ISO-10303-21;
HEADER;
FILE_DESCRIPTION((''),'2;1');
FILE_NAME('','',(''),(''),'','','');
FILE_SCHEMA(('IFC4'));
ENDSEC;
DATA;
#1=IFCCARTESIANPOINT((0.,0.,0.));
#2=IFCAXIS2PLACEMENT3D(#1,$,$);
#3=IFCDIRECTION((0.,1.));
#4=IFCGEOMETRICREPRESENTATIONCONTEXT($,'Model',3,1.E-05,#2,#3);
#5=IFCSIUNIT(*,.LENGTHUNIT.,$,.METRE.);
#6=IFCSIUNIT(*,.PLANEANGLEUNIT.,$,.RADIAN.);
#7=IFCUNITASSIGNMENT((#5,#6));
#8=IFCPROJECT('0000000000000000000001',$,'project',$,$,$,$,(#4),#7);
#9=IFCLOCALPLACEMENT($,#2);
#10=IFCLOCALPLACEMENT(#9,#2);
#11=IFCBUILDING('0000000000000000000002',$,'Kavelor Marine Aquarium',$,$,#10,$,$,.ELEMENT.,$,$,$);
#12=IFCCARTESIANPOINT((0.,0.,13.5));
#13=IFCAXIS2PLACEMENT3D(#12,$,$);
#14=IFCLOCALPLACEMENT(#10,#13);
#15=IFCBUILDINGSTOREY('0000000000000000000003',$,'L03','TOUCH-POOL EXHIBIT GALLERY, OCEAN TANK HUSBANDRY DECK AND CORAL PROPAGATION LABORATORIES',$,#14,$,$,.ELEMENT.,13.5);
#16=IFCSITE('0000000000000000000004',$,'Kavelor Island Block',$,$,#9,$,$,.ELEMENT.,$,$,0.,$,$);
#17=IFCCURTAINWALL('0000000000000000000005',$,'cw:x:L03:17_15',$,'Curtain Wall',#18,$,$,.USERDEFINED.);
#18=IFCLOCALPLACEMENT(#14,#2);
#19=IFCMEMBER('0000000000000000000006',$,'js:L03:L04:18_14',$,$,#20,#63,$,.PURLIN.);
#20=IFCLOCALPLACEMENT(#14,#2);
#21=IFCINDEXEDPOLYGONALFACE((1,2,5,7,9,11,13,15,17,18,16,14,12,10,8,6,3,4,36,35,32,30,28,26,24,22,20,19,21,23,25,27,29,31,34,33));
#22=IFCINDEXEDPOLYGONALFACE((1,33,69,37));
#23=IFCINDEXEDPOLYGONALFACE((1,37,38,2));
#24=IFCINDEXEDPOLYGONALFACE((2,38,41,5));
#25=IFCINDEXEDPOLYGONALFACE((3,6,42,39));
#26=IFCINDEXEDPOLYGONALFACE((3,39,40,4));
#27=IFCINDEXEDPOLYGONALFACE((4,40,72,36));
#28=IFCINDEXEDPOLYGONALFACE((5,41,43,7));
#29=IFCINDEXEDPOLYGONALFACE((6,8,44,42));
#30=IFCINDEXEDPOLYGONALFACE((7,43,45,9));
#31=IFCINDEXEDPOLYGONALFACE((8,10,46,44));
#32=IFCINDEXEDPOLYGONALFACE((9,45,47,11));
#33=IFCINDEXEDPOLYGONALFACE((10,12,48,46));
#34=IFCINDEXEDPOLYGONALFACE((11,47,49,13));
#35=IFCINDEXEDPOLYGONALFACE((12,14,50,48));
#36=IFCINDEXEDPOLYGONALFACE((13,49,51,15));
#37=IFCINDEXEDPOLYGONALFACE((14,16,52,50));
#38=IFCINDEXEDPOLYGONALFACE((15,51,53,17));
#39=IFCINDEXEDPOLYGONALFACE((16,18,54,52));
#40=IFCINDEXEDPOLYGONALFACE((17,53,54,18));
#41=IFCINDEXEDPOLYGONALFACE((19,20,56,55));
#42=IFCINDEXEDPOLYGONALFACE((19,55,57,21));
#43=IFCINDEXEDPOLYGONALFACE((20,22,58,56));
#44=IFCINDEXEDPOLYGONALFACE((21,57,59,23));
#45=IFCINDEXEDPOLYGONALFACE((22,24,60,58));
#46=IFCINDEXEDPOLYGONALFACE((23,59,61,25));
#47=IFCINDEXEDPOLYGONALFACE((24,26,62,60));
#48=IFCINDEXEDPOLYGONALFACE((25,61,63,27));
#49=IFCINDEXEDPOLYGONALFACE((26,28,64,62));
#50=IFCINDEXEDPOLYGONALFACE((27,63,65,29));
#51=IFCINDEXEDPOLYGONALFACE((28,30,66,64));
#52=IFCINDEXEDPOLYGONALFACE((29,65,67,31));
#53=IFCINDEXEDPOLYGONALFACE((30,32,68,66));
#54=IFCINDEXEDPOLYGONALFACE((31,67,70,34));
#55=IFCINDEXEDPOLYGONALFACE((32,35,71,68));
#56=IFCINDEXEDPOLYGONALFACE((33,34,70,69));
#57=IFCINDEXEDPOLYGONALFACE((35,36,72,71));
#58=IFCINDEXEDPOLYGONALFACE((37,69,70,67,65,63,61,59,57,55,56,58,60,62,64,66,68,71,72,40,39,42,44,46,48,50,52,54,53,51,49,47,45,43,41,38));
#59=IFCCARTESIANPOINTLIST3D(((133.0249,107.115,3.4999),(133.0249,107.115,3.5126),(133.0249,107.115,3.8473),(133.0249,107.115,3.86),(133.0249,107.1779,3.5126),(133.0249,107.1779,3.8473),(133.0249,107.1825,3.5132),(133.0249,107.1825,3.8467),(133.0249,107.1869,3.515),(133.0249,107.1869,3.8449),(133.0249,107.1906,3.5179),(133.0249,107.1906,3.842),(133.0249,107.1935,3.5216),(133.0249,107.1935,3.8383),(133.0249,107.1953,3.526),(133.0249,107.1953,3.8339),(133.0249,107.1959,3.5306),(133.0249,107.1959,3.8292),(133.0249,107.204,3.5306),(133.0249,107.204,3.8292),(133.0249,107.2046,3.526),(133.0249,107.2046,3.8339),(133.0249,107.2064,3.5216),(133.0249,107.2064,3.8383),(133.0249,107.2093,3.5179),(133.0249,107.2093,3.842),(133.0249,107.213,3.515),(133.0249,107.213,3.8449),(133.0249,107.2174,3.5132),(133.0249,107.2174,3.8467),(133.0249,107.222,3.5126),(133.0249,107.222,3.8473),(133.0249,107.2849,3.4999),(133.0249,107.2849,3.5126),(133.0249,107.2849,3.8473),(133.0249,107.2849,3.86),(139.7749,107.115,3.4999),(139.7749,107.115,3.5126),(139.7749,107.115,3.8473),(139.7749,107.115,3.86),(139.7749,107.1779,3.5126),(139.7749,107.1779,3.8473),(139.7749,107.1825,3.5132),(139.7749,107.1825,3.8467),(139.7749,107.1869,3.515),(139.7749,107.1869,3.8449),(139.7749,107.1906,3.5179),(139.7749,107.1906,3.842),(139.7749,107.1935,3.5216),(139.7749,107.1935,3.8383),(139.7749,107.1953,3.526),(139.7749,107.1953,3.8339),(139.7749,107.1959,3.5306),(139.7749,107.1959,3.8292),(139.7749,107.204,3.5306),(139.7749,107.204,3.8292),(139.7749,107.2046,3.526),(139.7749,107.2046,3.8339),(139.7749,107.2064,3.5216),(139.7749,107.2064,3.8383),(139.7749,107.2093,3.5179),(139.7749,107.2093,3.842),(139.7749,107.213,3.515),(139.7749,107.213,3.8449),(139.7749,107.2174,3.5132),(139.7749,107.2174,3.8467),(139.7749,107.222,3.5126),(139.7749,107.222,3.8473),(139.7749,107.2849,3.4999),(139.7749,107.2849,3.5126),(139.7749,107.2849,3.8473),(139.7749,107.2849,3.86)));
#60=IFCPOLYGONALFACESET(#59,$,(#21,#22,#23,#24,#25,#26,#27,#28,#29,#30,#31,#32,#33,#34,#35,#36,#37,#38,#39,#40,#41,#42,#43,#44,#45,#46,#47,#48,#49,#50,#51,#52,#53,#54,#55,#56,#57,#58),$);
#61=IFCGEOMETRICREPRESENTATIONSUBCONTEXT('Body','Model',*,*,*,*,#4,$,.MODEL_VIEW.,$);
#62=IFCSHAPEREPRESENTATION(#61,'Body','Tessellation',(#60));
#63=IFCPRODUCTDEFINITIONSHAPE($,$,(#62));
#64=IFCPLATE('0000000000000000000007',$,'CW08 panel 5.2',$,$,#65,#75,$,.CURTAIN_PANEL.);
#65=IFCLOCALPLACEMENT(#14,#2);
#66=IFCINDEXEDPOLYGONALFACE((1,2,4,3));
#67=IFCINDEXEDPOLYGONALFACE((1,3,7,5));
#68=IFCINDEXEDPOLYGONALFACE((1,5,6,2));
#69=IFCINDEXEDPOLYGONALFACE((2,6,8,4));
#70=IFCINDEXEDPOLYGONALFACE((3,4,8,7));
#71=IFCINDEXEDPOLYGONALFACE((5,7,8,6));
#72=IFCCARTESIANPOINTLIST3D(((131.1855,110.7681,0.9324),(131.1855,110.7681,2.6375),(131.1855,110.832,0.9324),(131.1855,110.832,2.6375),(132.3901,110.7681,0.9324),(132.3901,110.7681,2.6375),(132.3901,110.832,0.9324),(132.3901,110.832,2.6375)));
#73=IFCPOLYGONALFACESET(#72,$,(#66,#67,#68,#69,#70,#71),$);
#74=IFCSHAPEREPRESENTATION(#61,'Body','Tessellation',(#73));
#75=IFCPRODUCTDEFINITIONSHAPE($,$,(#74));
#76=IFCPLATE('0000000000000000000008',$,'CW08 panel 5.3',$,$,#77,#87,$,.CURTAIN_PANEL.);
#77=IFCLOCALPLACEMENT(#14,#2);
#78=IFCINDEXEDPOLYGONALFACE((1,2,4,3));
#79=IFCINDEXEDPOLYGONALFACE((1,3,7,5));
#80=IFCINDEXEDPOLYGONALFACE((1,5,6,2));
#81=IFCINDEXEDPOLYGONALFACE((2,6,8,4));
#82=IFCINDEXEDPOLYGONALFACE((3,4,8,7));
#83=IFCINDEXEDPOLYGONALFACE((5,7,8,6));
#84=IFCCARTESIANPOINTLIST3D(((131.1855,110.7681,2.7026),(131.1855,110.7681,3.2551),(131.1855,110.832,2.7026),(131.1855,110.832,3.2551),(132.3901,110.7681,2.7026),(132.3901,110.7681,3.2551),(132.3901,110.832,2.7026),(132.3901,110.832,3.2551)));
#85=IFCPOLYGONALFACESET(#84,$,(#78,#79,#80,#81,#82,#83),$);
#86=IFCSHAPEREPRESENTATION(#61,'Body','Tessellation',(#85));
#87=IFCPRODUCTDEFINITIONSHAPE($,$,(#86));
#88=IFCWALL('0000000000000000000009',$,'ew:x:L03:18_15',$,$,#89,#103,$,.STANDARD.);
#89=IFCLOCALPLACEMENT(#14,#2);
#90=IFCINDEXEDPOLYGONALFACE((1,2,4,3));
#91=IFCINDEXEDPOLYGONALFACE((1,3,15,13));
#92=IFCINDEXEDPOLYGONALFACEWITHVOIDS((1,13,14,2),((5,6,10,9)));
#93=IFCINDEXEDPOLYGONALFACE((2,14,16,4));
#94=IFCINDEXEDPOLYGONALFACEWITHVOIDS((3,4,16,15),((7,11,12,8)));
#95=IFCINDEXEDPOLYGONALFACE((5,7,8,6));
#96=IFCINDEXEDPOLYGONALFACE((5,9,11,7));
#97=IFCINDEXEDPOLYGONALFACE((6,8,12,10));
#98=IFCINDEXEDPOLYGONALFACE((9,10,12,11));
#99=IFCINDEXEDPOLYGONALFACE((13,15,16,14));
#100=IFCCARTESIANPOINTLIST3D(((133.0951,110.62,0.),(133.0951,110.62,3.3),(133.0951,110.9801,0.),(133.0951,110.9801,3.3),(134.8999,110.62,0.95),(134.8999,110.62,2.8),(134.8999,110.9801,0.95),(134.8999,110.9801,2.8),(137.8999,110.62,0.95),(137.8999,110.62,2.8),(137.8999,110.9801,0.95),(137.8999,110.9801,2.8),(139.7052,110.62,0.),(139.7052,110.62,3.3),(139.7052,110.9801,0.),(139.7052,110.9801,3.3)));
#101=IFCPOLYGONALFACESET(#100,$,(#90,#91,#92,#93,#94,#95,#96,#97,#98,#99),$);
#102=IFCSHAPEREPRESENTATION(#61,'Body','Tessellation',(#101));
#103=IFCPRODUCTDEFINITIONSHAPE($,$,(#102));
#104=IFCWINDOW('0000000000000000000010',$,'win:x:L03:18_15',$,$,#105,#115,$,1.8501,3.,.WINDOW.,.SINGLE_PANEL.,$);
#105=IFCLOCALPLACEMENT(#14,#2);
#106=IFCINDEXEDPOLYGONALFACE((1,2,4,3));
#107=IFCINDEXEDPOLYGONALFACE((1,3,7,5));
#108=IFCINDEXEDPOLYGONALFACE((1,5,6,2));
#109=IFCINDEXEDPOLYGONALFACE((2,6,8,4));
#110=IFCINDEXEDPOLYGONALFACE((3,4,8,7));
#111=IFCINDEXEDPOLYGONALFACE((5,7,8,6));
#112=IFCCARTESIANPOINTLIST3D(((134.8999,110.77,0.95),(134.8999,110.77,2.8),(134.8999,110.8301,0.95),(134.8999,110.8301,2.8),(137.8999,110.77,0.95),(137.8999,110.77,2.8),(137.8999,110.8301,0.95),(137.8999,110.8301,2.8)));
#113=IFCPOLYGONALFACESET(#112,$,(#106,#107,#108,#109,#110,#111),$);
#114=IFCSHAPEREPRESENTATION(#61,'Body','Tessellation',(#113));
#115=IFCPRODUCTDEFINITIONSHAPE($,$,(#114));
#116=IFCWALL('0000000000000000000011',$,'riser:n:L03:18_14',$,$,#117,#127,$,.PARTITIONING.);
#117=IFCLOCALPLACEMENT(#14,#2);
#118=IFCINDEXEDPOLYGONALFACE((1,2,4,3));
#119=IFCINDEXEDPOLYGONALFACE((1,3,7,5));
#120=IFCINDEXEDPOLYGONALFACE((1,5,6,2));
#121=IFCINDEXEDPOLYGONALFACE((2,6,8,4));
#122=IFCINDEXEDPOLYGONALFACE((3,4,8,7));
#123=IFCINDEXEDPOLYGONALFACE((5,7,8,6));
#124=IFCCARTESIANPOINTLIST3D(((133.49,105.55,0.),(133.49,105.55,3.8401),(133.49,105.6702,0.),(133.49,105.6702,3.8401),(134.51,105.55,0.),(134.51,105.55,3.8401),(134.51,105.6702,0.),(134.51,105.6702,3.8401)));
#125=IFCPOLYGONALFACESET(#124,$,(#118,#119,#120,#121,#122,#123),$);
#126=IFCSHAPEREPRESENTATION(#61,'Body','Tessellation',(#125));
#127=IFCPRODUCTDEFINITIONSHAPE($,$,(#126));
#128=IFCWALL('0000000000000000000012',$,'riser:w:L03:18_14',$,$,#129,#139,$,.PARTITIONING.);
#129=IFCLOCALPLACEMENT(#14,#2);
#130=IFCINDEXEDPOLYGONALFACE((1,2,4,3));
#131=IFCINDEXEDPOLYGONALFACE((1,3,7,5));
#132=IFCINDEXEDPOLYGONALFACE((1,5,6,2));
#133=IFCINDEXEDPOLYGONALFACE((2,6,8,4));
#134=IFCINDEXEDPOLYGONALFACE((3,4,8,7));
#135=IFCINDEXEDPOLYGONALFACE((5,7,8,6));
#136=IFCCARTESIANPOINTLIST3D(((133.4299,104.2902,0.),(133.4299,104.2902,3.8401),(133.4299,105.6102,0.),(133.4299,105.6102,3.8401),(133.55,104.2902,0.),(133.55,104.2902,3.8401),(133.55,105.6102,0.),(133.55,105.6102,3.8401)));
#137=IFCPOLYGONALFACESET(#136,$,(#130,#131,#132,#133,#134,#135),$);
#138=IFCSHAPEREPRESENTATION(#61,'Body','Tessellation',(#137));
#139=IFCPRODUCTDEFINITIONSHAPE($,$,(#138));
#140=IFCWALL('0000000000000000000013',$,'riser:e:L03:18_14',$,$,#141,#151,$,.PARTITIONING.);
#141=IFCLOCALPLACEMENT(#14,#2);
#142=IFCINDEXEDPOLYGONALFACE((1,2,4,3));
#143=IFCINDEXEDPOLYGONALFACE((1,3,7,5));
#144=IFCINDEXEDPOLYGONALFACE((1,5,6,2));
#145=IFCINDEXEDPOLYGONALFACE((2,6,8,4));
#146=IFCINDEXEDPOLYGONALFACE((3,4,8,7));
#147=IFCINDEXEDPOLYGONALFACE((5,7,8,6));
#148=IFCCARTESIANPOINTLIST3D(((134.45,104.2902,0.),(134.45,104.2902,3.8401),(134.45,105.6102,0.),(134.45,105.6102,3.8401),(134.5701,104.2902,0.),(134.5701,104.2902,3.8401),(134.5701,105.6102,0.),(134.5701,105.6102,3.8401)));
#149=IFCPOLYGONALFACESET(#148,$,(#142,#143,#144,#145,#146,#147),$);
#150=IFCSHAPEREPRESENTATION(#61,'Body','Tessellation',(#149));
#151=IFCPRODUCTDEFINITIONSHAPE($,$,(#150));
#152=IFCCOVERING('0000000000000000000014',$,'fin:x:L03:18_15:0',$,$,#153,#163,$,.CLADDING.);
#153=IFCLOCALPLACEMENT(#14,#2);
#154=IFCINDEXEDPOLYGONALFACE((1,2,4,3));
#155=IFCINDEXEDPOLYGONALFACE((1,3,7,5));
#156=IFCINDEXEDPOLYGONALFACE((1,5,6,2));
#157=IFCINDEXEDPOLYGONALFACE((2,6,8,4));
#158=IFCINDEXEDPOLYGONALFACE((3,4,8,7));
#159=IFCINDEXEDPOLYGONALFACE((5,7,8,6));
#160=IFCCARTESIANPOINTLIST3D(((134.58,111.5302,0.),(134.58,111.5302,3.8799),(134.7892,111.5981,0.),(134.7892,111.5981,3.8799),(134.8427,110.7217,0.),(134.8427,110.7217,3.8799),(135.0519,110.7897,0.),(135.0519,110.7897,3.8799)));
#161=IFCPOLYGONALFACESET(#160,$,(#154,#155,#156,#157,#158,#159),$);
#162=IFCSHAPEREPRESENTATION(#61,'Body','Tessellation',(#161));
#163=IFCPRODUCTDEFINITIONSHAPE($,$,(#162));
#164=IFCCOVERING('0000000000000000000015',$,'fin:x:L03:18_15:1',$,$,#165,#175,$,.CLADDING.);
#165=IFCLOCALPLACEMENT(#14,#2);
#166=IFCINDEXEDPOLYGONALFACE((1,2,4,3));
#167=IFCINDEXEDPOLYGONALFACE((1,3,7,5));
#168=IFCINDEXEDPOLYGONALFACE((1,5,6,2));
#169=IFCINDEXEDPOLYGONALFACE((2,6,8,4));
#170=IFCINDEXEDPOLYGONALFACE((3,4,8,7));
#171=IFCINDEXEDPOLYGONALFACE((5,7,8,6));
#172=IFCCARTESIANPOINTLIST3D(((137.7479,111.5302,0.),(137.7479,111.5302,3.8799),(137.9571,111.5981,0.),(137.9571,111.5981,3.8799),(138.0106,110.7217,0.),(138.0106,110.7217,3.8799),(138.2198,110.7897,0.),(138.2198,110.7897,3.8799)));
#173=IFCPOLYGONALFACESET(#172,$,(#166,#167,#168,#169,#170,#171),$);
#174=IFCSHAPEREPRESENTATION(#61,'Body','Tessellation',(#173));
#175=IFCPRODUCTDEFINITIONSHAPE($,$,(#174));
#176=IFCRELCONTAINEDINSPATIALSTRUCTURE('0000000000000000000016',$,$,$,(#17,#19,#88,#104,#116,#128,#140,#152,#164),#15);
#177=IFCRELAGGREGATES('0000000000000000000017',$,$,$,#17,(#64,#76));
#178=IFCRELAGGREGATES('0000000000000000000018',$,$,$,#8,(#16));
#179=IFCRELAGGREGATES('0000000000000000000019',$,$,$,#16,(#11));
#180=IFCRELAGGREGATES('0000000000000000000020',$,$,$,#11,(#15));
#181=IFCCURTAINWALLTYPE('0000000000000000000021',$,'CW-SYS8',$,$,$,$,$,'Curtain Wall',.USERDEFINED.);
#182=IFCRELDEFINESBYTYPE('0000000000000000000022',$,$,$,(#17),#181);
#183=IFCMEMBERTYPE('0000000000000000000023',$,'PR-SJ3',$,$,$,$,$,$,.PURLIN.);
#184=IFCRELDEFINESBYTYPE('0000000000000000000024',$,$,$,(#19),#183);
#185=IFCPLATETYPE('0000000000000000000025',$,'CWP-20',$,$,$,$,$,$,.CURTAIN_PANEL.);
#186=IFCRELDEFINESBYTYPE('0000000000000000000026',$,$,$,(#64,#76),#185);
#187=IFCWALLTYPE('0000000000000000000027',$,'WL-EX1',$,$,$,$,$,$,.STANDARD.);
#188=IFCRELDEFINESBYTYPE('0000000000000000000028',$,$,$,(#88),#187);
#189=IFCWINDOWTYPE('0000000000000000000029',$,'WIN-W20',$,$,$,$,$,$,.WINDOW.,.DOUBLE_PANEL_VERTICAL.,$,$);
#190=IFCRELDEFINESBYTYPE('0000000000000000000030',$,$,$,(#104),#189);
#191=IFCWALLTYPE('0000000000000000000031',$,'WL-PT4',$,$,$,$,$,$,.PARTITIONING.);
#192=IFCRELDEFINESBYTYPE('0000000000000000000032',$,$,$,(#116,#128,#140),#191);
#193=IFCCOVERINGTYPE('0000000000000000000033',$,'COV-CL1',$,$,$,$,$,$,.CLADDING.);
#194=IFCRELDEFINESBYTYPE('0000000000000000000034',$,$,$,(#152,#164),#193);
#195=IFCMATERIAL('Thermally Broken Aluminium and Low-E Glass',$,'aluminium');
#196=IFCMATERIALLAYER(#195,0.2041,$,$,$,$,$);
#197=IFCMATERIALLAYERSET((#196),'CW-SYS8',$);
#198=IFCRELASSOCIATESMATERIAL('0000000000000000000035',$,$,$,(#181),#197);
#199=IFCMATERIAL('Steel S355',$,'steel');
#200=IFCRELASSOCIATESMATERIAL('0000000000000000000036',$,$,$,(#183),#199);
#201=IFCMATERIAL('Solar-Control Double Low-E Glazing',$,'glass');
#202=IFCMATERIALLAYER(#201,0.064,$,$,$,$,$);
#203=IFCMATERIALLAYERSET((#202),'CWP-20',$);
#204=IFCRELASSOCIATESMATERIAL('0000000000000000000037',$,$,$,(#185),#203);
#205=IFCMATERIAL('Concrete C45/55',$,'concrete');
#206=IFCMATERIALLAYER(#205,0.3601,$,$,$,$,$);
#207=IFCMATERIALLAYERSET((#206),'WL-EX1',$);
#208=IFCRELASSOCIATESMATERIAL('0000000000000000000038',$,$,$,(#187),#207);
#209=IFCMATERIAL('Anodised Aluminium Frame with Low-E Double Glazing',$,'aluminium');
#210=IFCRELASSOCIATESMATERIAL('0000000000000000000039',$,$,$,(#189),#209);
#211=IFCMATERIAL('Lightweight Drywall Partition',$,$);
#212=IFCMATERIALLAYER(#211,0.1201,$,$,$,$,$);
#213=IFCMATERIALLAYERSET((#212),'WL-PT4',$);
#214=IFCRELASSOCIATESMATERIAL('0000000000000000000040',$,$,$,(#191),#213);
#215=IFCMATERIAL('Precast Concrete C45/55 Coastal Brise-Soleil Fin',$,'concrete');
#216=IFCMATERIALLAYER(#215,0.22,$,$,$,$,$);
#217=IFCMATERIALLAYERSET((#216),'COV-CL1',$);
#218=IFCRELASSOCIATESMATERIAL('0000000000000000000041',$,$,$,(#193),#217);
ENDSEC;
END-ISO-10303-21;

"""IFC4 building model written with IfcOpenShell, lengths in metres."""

from ifc_helpers import new_model, si_unit, direction, frame, frame_2d, origin, origin_2d, place, context, subcontext, project, spatial, rectangle, i_section, extrude, material, layer, layer_set, material_profile, profile_set, type_object, element, fill, aggregate, save


model = new_model("IFC4")

# Units and contexts
model_context = context("Model", 3, precision=1e-05, world=origin(), true_north=direction((0.0, 1.0)))
body_context = subcontext(model_context, "Body", "Model", "MODEL_VIEW")
ifc_project = project(units=[si_unit("LENGTHUNIT", "METRE"), si_unit("PLANEANGLEUNIT", "RADIAN")], contexts=[model_context])

# Site, building, storey
site_placement = place(None, origin())
site = spatial("IfcSite", under=ifc_project, at=site_placement, Name="Kavelor Island Block", CompositionType="ELEMENT", RefElevation=0.0)
building_placement = place(site_placement, origin())
building = spatial("IfcBuilding", under=site, at=building_placement, Name="Kavelor Marine Aquarium", CompositionType="ELEMENT")
storey_placement = place(building_placement, frame((0.0, 0.0, 13.5)))
storey = spatial("IfcBuildingStorey", under=building, at=storey_placement, Name="L03", Description="TOUCH-POOL EXHIBIT GALLERY, OCEAN TANK HUSBANDRY DECK AND CORAL PROPAGATION LABORATORIES", CompositionType="ELEMENT", Elevation=13.5)

# Curtain wall
ifc_material_1 = material(Name="Thermally Broken Aluminium and Low-E Glass", Category="aluminium")
ifc_layer_1 = layer(ifc_material_1, 0.2041)
ifc_layer_set_1 = layer_set([ifc_layer_1], Name="CW-SYS8")
curtain_wall_type_1 = type_object("IfcCurtainWallType", Name="CW-SYS8", ElementType="Curtain Wall", PredefinedType="USERDEFINED", material=ifc_layer_set_1)
curtain_wall_1_placement = place(storey_placement, origin())
curtain_wall_1 = element("IfcCurtainWall", 1, at=curtain_wall_1_placement, inside=storey, type_object=curtain_wall_type_1, Name="cw:x:L03:17_15", ObjectType="Curtain Wall", PredefinedType="USERDEFINED")

# Member
ifc_material_2 = material(Name="Steel S355", Category="steel")
ifc_material_profile_1 = material_profile(ifc_material_2, i_section(OverallWidth=0.1699, OverallDepth=0.3601, WebThickness=0.0081, FlangeThickness=0.0127, FilletRadius=0.0181, at=origin_2d()), Name="IPE 360")
ifc_profile_set_1 = profile_set([ifc_material_profile_1], Name="Steel S355")
member_type_1 = type_object("IfcMemberType", Name="PR-SJ3", PredefinedType="PURLIN", material=ifc_profile_set_1)
member_1_placement = place(storey_placement, frame((133.0249, 107.2, 3.6799), z_axis=(1.0, 0.0, 0.0), x_axis=(0.0, 1.0, 0.0)))
element("IfcMember", 2, at=member_1_placement, inside=storey, type_object=member_type_1, Name="js:L03:L04:18_14", PredefinedType="PURLIN", context=body_context, shape_type="SweptSolid", body=[
    extrude(i_section(OverallWidth=0.1699, OverallDepth=0.3601, WebThickness=0.0081, FlangeThickness=0.0127, FilletRadius=0.0181, at=origin_2d()), origin(), (0.0, 0.0, 1.0), 6.75),
])

# Plates
ifc_material_3 = material(Name="Solar-Control Double Low-E Glazing", Category="glass")
ifc_layer_2 = layer(ifc_material_3, 0.064)
ifc_layer_set_2 = layer_set([ifc_layer_2], Name="CWP-20")
plate_type = type_object("IfcPlateType", Name="CWP-20", PredefinedType="CURTAIN_PANEL", material=ifc_layer_set_2)
plate_1_placement = place(storey_placement, frame((131.7878, 110.8, 0.9324), z_axis=(0.0, 0.0, 1.0), x_axis=(1.0, 0.0, 0.0)))
plate_1 = element("IfcPlate", 3, at=plate_1_placement, type_object=plate_type, Name="CW08 panel 5.2", PredefinedType="CURTAIN_PANEL", context=body_context, shape_type="SweptSolid", body=[
    extrude(rectangle(XDim=1.2046, YDim=0.064, at=origin_2d()), origin(), (0.0, 0.0, 1.0), 1.7051),
])
plate_2_placement = place(storey_placement, frame((131.7878, 110.8, 2.7026), z_axis=(0.0, 0.0, 1.0), x_axis=(1.0, 0.0, 0.0)))
plate_2 = element("IfcPlate", 4, at=plate_2_placement, type_object=plate_type, Name="CW08 panel 5.3", PredefinedType="CURTAIN_PANEL", context=body_context, shape_type="SweptSolid", body=[
    extrude(rectangle(XDim=1.2046, YDim=0.064, at=origin_2d()), origin(), (0.0, 0.0, 1.0), 0.5525),
])
aggregate(curtain_wall_1, [plate_1, plate_2])

# Wall, opening, window
ifc_material_4 = material(Name="Concrete C45/55", Category="concrete")
ifc_layer_3 = layer(ifc_material_4, 0.3601)
ifc_layer_set_3 = layer_set([ifc_layer_3], Name="WL-EX1")
wall_type_1 = type_object("IfcWallType", Name="WL-EX1", PredefinedType="STANDARD", material=ifc_layer_set_3)
wall_1_placement = place(storey_placement, frame((133.095, 110.8, 0.0), z_axis=(0.0, 0.0, 1.0), x_axis=(1.0, 0.0, 0.0)))
wall_1 = element("IfcWall", 5, at=wall_1_placement, inside=storey, type_object=wall_type_1, Name="ew:x:L03:18_15", PredefinedType="STANDARD", context=body_context, shape_type="SweptSolid", body=[
    extrude(rectangle(XDim=6.6101, YDim=0.3601, at=frame_2d((3.3052, 0.0))), origin(), (0.0, 0.0, 1.0), 3.3),
])
opening_placement = place(wall_1_placement, frame((1.8049, 0.0, 0.95)))
opening = element("IfcOpeningElement", 6, at=opening_placement, cuts=wall_1, PredefinedType="OPENING", context=body_context, shape_type="SweptSolid", body=[
    extrude(rectangle(XDim=3.0, YDim=1.8501, at=frame_2d((1.5, 0.925))), frame((0.0, 0.1899, 0.0), z_axis=(0.0, -1.0, 0.0), x_axis=(1.0, 0.0, 0.0)), (0.0, 0.0, 1.0), 0.3801),
])
ifc_material_5 = material(Name="Anodised Aluminium Frame with Low-E Double Glazing", Category="aluminium")
window_type = type_object("IfcWindowType", Name="WIN-W20", PartitioningType="DOUBLE_PANEL_VERTICAL", PredefinedType="WINDOW", material=ifc_material_5)
window_placement = place(opening_placement, origin())
window = element("IfcWindow", 7, at=window_placement, inside=storey, type_object=window_type, Name="win:x:L03:18_15", OverallHeight=1.8501, OverallWidth=3.0, PartitioningType="SINGLE_PANEL", PredefinedType="WINDOW", context=body_context, shape_type="SweptSolid", body=[
    extrude(rectangle(XDim=3.0, YDim=1.8501, at=frame_2d((1.5, 0.925))), frame((0.0, 0.03, 0.0), z_axis=(0.0, -1.0, 0.0), x_axis=(1.0, 0.0, 0.0)), (0.0, 0.0, 1.0), 0.0601),
])
fill(opening, window)

# Walls
ifc_material_6 = material(Name="Lightweight Drywall Partition")
ifc_layer_4 = layer(ifc_material_6, 0.1201)
ifc_layer_set_4 = layer_set([ifc_layer_4], Name="WL-PT4")
wall_type_2 = type_object("IfcWallType", Name="WL-PT4", PredefinedType="PARTITIONING", material=ifc_layer_set_4)
wall_2_placement = place(storey_placement, frame((133.49, 105.6101, 0.0), z_axis=(0.0, 0.0, 1.0), x_axis=(1.0, 0.0, 0.0)))
element("IfcWall", 8, at=wall_2_placement, inside=storey, type_object=wall_type_2, Name="riser:n:L03:18_14", PredefinedType="PARTITIONING", context=body_context, shape_type="SweptSolid", body=[
    extrude(rectangle(XDim=1.02, YDim=0.1201, at=frame_2d((0.51, 0.0))), origin(), (0.0, 0.0, 1.0), 3.8401),
])
for number, where, z_axis, x_axis, name in (
    (9, (133.49, 104.29, 0.0), (0.0, 0.0, 1.0), (0.0, 1.0, 0.0), "riser:w:L03:18_14"),
    (10, (134.51, 104.29, 0.0), (0.0, 0.0, 1.0), (0.0, 1.0, 0.0), "riser:e:L03:18_14"),
):
    element("IfcWall", number, at=place(storey_placement, frame(where, z_axis=z_axis, x_axis=x_axis)), inside=storey, type_object=wall_type_2, Name=name, PredefinedType="PARTITIONING", context=body_context, shape_type="SweptSolid", body=[
        extrude(rectangle(XDim=1.3201, YDim=0.1201, at=frame_2d((0.6602, 0.0))), origin(), (0.0, 0.0, 1.0), 3.8401),
    ])

# Coverings
ifc_material_7 = material(Name="Precast Concrete C45/55 Coastal Brise-Soleil Fin", Category="concrete")
ifc_layer_5 = layer(ifc_material_7, 0.22)
ifc_layer_set_5 = layer_set([ifc_layer_5], Name="COV-CL1")
covering_type = type_object("IfcCoveringType", Name="COV-CL1", PredefinedType="CLADDING", material=ifc_layer_set_5)
for number, where, z_axis, x_axis, name in (
    (11, (134.8159, 111.1599, 0.0), (0.0, 0.0, 1.0), (0.951057, 0.309017, 0.0), "fin:x:L03:18_15:0"),
    (12, (137.9839, 111.1599, 0.0), (0.0, 0.0, 1.0), (0.951057, 0.309017, 0.0), "fin:x:L03:18_15:1"),
):
    element("IfcCovering", number, at=place(storey_placement, frame(where, z_axis=z_axis, x_axis=x_axis)), inside=storey, type_object=covering_type, Name=name, PredefinedType="CLADDING", context=body_context, shape_type="SweptSolid", body=[
        extrude(rectangle(XDim=0.22, YDim=0.8501, at=origin_2d()), origin(), (0.0, 0.0, 1.0), 3.8799),
    ])

save(model, "model.ifc")
